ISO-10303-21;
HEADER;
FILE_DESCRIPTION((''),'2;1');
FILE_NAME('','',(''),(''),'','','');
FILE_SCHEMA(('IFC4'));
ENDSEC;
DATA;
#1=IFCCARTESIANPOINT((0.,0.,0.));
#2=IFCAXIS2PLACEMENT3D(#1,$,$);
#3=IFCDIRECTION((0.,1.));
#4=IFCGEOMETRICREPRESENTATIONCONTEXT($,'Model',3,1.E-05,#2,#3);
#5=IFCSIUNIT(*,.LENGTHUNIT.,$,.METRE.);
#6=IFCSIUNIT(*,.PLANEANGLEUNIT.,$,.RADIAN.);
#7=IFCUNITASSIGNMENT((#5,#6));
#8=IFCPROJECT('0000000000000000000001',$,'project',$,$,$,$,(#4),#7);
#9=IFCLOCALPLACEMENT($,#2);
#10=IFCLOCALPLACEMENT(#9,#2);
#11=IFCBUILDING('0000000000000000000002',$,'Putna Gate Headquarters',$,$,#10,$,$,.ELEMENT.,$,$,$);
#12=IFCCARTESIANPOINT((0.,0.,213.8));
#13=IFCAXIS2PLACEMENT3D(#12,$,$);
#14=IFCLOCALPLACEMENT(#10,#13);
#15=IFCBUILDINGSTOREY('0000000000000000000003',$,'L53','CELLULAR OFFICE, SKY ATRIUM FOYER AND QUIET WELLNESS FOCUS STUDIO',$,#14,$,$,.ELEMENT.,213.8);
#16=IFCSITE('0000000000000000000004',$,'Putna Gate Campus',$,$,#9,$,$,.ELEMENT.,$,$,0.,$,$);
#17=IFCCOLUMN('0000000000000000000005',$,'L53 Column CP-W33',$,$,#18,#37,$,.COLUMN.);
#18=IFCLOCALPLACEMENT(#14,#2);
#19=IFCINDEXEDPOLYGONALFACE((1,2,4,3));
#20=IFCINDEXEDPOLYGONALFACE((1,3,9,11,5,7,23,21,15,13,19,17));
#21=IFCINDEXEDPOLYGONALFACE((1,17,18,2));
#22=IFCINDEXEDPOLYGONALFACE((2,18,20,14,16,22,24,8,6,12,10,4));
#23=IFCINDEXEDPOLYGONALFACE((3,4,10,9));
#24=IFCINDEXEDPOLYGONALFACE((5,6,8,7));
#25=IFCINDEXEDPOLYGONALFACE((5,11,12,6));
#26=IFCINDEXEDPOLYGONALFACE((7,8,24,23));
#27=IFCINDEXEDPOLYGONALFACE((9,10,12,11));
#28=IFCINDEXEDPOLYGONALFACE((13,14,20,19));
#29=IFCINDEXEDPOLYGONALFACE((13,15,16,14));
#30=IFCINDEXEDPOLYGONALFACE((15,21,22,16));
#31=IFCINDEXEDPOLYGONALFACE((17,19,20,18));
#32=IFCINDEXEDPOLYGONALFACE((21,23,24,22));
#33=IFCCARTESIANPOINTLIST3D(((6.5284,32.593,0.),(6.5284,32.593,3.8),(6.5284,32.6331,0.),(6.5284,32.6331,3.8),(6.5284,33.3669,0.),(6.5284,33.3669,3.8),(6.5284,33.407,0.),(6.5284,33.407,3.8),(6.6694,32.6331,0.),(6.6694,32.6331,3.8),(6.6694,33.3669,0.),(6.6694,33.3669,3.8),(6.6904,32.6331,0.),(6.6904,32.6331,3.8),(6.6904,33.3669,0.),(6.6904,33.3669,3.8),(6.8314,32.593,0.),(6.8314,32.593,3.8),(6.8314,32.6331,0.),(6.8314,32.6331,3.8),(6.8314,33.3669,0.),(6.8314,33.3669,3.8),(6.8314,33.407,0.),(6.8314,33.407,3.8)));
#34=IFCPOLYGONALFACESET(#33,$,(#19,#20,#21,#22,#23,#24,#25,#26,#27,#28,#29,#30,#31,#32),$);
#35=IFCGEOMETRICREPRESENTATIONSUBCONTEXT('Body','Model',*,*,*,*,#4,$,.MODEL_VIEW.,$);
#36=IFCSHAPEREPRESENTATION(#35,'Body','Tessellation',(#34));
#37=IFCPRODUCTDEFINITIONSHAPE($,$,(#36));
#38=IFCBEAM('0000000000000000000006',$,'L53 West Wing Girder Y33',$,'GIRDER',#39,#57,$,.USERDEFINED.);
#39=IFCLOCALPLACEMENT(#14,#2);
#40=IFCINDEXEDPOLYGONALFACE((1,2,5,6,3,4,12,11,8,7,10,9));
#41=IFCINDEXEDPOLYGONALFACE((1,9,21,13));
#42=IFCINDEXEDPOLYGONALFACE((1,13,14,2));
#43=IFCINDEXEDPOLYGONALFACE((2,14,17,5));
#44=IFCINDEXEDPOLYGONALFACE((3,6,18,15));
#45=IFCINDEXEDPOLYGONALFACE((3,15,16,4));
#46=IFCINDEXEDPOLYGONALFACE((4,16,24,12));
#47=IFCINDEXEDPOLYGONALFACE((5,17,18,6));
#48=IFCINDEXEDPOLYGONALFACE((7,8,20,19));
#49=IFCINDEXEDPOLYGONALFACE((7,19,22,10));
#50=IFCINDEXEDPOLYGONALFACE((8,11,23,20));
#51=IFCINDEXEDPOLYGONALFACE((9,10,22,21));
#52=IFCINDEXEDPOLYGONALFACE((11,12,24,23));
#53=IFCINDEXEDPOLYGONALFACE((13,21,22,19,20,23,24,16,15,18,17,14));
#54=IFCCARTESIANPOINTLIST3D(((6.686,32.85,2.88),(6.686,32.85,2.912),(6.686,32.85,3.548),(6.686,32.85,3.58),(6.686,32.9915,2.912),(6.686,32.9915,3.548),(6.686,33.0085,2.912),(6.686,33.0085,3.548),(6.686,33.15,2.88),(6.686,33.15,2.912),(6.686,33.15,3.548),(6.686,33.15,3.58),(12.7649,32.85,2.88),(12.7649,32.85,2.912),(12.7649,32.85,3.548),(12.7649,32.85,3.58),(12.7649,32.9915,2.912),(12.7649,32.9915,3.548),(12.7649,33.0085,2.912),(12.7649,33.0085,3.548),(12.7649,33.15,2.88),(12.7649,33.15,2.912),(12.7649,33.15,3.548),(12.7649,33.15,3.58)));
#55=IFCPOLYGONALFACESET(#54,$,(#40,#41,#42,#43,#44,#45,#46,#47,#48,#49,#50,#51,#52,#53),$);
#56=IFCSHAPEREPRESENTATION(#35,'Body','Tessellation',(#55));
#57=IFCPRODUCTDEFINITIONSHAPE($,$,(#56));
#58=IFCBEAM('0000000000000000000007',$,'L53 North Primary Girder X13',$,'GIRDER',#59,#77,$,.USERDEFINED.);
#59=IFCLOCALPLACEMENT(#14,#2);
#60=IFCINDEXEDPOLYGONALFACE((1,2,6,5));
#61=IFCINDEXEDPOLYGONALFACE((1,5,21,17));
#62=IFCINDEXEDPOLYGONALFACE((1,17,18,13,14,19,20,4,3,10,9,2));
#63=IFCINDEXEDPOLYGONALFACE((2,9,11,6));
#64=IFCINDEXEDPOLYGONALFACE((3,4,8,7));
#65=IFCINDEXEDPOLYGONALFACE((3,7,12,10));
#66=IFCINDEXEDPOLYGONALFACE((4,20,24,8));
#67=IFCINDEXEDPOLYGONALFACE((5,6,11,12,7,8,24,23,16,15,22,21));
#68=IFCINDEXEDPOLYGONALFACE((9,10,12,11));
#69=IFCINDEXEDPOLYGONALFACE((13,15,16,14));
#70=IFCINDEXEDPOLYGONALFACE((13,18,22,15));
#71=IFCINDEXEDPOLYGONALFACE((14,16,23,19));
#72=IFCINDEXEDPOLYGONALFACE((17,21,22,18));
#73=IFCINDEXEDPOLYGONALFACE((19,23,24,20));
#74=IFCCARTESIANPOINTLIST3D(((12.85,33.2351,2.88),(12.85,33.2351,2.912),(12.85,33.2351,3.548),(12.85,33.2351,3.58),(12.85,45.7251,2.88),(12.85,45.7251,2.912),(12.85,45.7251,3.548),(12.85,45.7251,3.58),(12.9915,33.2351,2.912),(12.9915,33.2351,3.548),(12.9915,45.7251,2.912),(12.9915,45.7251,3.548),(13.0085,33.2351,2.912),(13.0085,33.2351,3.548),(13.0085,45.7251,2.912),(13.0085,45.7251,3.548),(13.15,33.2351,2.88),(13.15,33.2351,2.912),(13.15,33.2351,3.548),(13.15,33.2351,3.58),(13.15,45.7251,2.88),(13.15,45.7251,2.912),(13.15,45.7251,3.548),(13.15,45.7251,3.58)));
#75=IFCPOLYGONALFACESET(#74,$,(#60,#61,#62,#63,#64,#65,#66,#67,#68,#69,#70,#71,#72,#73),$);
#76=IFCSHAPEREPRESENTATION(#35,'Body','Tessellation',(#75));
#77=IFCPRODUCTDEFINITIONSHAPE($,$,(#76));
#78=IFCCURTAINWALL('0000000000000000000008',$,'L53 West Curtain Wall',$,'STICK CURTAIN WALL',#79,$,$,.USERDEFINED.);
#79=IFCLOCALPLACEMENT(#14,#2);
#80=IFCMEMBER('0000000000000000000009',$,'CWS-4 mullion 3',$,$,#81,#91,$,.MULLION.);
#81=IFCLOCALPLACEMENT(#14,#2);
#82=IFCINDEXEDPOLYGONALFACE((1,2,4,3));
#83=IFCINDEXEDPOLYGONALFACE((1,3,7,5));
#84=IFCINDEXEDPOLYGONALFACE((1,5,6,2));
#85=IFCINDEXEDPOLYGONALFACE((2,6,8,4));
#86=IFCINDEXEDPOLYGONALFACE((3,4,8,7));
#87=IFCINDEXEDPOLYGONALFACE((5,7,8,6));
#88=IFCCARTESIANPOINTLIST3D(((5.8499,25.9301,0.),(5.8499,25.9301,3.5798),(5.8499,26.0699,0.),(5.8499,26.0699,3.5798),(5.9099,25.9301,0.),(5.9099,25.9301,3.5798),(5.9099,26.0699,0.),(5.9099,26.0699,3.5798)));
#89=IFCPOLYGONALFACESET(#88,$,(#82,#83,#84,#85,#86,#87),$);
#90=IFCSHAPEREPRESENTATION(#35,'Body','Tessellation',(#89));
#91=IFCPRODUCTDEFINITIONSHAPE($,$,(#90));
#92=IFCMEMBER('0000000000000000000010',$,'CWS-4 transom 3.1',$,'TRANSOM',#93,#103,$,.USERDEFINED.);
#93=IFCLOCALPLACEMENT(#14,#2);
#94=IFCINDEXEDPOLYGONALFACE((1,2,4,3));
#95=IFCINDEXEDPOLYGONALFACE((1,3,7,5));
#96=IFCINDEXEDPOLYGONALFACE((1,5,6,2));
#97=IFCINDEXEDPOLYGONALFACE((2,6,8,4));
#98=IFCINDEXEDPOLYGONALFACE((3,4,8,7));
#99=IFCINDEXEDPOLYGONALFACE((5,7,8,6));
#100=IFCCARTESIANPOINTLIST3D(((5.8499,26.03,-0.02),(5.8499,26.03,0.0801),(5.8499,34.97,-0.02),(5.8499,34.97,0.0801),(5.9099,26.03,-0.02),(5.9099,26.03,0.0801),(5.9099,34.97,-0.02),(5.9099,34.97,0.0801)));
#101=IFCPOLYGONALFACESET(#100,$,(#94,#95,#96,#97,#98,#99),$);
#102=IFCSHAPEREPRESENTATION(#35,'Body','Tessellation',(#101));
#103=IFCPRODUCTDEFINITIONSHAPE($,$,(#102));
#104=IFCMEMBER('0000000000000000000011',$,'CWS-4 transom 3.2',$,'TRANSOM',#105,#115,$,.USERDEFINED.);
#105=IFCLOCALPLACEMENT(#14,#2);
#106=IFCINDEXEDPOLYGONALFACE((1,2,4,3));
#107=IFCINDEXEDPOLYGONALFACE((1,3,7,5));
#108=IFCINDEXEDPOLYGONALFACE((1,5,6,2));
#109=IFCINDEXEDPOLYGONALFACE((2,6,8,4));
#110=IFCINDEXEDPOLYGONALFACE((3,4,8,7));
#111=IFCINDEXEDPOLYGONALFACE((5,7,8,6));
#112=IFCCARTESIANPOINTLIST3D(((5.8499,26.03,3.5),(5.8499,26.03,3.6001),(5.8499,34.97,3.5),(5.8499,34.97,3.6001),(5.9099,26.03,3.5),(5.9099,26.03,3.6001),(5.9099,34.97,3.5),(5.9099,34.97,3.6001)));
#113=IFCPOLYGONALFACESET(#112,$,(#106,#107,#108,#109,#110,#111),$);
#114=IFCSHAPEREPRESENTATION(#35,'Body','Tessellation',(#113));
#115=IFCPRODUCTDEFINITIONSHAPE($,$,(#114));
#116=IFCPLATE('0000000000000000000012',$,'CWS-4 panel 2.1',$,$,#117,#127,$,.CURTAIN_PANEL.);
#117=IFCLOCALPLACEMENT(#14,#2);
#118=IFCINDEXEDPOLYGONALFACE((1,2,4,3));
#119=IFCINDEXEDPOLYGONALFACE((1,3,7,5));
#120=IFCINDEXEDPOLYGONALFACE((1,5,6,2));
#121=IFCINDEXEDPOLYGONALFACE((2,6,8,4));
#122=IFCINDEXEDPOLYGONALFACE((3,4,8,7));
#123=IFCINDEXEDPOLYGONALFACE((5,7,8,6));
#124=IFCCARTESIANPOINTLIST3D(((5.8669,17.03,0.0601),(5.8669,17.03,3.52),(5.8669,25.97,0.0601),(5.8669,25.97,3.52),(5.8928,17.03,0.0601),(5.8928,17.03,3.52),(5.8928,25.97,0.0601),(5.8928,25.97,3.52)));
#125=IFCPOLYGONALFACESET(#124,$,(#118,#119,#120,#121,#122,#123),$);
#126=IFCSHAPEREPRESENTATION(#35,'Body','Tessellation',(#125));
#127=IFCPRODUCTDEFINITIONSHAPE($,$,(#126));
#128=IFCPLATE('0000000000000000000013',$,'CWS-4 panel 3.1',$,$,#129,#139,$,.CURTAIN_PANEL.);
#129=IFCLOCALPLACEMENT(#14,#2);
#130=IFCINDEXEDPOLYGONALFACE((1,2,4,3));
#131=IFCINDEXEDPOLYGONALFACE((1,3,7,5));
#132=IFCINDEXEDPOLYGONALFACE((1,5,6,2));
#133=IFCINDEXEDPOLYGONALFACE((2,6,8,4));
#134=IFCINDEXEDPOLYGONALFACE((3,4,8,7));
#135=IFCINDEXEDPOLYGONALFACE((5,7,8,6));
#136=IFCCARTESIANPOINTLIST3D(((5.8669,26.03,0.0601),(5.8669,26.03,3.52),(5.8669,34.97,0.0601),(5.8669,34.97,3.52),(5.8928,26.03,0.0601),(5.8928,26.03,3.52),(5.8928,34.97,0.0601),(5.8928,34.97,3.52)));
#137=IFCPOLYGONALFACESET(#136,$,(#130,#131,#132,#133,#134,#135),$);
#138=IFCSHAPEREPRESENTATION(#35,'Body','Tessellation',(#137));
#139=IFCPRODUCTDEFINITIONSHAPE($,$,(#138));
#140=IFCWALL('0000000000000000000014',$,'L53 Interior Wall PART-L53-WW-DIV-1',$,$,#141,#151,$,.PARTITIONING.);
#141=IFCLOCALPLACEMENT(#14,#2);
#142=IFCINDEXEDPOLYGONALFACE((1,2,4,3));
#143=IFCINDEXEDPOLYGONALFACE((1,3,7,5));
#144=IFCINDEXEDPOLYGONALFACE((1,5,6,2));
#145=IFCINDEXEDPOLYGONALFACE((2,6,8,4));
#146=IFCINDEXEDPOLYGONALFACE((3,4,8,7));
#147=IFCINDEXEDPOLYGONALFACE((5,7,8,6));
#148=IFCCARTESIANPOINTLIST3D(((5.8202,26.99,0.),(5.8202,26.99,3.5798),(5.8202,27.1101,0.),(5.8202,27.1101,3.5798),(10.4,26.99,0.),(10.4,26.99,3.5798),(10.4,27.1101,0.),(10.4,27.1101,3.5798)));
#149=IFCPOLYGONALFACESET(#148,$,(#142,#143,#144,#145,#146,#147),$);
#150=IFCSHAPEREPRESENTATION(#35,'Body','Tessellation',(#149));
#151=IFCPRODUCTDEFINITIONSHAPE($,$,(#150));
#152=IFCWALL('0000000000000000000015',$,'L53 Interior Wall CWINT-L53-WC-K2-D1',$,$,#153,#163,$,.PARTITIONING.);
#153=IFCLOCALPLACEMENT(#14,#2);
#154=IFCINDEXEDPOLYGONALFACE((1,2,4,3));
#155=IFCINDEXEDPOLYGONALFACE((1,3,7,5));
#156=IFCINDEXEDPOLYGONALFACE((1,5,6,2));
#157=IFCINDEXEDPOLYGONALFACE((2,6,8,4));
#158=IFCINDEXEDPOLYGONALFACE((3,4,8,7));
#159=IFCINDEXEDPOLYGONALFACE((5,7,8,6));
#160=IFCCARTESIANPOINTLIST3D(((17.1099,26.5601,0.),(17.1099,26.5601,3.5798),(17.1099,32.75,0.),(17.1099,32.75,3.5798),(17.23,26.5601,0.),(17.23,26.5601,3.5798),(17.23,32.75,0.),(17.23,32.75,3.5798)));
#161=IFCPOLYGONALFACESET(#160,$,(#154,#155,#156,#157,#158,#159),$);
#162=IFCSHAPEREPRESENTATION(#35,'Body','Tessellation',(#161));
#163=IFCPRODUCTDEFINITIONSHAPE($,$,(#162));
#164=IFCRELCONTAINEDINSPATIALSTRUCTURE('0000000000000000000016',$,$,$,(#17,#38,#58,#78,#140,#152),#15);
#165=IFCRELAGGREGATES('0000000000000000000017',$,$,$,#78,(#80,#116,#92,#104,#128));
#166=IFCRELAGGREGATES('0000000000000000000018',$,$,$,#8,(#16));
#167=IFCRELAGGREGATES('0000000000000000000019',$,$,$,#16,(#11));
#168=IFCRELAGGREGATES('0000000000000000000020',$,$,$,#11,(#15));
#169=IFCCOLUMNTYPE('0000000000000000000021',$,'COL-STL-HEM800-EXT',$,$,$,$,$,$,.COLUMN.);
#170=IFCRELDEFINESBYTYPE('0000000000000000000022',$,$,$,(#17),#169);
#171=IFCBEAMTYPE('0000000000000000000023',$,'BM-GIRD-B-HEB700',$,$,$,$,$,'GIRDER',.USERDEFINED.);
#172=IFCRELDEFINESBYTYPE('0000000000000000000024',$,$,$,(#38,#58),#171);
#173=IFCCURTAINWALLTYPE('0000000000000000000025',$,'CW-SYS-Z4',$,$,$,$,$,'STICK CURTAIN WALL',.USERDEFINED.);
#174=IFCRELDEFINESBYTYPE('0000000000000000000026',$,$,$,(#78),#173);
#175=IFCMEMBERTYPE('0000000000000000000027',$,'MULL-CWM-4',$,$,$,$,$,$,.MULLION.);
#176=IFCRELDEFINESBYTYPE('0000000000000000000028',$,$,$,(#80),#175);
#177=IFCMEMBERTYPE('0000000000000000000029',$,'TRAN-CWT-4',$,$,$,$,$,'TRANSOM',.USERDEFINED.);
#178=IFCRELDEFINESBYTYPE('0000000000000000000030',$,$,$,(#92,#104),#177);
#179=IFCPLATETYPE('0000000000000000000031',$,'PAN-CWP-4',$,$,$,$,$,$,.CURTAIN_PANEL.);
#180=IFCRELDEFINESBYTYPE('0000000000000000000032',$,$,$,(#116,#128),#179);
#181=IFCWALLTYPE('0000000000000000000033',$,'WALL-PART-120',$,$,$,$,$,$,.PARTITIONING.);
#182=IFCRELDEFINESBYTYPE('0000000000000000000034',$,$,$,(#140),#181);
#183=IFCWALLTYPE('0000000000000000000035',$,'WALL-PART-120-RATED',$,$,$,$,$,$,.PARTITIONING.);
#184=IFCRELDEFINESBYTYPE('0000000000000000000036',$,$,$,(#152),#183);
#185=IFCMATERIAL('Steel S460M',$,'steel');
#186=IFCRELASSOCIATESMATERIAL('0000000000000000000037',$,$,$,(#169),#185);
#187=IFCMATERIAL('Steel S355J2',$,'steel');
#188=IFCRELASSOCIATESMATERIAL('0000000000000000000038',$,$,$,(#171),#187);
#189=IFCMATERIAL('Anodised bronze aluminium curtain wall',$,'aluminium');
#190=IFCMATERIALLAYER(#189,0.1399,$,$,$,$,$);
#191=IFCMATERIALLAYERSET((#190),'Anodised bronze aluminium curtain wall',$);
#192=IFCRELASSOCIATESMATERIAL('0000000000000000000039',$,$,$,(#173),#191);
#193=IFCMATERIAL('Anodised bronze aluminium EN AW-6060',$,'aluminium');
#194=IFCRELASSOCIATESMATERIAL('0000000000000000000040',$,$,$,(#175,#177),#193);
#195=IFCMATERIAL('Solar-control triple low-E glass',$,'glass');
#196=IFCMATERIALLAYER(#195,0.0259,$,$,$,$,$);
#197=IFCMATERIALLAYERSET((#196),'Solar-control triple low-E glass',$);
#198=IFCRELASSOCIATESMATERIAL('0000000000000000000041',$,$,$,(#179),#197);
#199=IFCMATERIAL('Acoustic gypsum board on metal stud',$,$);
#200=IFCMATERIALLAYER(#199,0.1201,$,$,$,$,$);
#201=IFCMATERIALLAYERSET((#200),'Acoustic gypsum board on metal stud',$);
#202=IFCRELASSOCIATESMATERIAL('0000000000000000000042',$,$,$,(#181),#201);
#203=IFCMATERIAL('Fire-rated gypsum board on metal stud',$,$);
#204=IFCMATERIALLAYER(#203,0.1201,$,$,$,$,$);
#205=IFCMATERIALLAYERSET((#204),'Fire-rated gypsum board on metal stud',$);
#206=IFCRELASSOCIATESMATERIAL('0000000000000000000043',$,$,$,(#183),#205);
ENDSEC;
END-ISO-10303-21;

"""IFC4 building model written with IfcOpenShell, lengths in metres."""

from ifc_helpers import new_model, si_unit, direction, frame, frame_2d, origin, origin_2d, place, context, subcontext, project, spatial, rectangle, i_section, extrude, material, layer, layer_set, material_profile, profile_set, type_object, element, aggregate, save


model = new_model("IFC4")

# Units and contexts
model_context = context("Model", 3, precision=1e-05, world=origin(), true_north=direction((0.0, 1.0)))
body_context = subcontext(model_context, "Body", "Model", "MODEL_VIEW")
ifc_project = project(units=[si_unit("LENGTHUNIT", "METRE"), si_unit("PLANEANGLEUNIT", "RADIAN")], contexts=[model_context])

# Site, building, storey
site_placement = place(None, origin())
site = spatial("IfcSite", under=ifc_project, at=site_placement, Name="Putna Gate Campus", CompositionType="ELEMENT", RefElevation=0.0)
building_placement = place(site_placement, origin())
building = spatial("IfcBuilding", under=site, at=building_placement, Name="Putna Gate Headquarters", CompositionType="ELEMENT")
storey_placement = place(building_placement, frame((0.0, 0.0, 213.8)))
storey = spatial("IfcBuildingStorey", under=building, at=storey_placement, Name="L53", Description="CELLULAR OFFICE, SKY ATRIUM FOYER AND QUIET WELLNESS FOCUS STUDIO", CompositionType="ELEMENT", Elevation=213.8)

# Column
ifc_material_1 = material(Name="Steel S460M", Category="steel")
ifc_material_profile_1 = material_profile(ifc_material_1, i_section(OverallWidth=0.303, OverallDepth=0.814, WebThickness=0.021, FlangeThickness=0.04, at=origin_2d()), Name="Steel S460M")
ifc_profile_set_1 = profile_set([ifc_material_profile_1], Name="Steel S460M")
column_type = type_object("IfcColumnType", Name="COL-STL-HEM800-EXT", PredefinedType="COLUMN", material=ifc_profile_set_1)
column_placement = place(storey_placement, frame((6.6799, 33.0, 0.0), z_axis=(0.0, 0.0, 1.0), x_axis=(1.0, 0.0, 0.0)))
element("IfcColumn", 1, at=column_placement, inside=storey, type_object=column_type, Name="L53 Column CP-W33", PredefinedType="COLUMN", context=body_context, shape_type="SweptSolid", body=[
    extrude(i_section(OverallWidth=0.303, OverallDepth=0.814, WebThickness=0.021, FlangeThickness=0.04, at=origin_2d()), origin(), (0.0, 0.0, 1.0), 3.8),
])

# Beams
ifc_material_2 = material(Name="Steel S355J2", Category="steel")
ifc_material_profile_2 = material_profile(ifc_material_2, i_section(OverallWidth=0.3, OverallDepth=0.7, WebThickness=0.0171, FlangeThickness=0.032, at=origin_2d()), Name="Steel S355J2")
ifc_profile_set_2 = profile_set([ifc_material_profile_2], Name="Steel S355J2")
beam_type = type_object("IfcBeamType", Name="BM-GIRD-B-HEB700", ElementType="GIRDER", PredefinedType="USERDEFINED", material=ifc_profile_set_2)
beam_1_placement = place(storey_placement, frame((6.686, 33.0, 3.23), z_axis=(1.0, 0.0, 0.0), x_axis=(0.0, 1.0, 0.0)))
element("IfcBeam", 2, at=beam_1_placement, inside=storey, type_object=beam_type, Name="L53 West Wing Girder Y33", ObjectType="GIRDER", PredefinedType="USERDEFINED", context=body_context, shape_type="SweptSolid", body=[
    extrude(i_section(OverallWidth=0.3, OverallDepth=0.7, WebThickness=0.0171, FlangeThickness=0.032, at=origin_2d()), origin(), (0.0, 0.0, 1.0), 6.0789),
])
beam_2_placement = place(storey_placement, frame((13.0, 33.2351, 3.23), z_axis=(0.0, 1.0, 0.0), x_axis=(-1.0, 0.0, 0.0)))
element("IfcBeam", 3, at=beam_2_placement, inside=storey, type_object=beam_type, Name="L53 North Primary Girder X13", ObjectType="GIRDER", PredefinedType="USERDEFINED", context=body_context, shape_type="SweptSolid", body=[
    extrude(i_section(OverallWidth=0.3, OverallDepth=0.7, WebThickness=0.0171, FlangeThickness=0.032, at=origin_2d()), origin(), (0.0, 0.0, 1.0), 12.49),
])

# Curtain wall, members, plates
ifc_material_3 = material(Name="Anodised bronze aluminium curtain wall", Category="aluminium")
ifc_layer_1 = layer(ifc_material_3, 0.1399)
ifc_layer_set_1 = layer_set([ifc_layer_1], Name="Anodised bronze aluminium curtain wall")
curtain_wall_type = type_object("IfcCurtainWallType", Name="CW-SYS-Z4", ElementType="STICK CURTAIN WALL", PredefinedType="USERDEFINED", material=ifc_layer_set_1)
curtain_wall_placement = place(storey_placement, origin())
curtain_wall = element("IfcCurtainWall", 4, at=curtain_wall_placement, inside=storey, type_object=curtain_wall_type, Name="L53 West Curtain Wall", ObjectType="STICK CURTAIN WALL", PredefinedType="USERDEFINED")
ifc_material_4 = material(Name="Anodised bronze aluminium EN AW-6060", Category="aluminium")
ifc_material_profile_3 = material_profile(ifc_material_4, rectangle(XDim=0.0601, YDim=0.1399, at=origin_2d()), Name="Anodised bronze aluminium EN AW-6060")
ifc_profile_set_3 = profile_set([ifc_material_profile_3], Name="Anodised bronze aluminium EN AW-6060")
member_type_1 = type_object("IfcMemberType", Name="MULL-CWM-4", PredefinedType="MULLION", material=ifc_profile_set_3)
member_1_placement = place(storey_placement, frame((5.8799, 26.0, 0.0), z_axis=(0.0, 0.0, 1.0), x_axis=(-1.0, 0.0, 0.0)))
member_1 = element("IfcMember", 5, at=member_1_placement, type_object=member_type_1, Name="CWS-4 mullion 3", PredefinedType="MULLION", context=body_context, shape_type="SweptSolid", body=[
    extrude(rectangle(XDim=0.0601, YDim=0.1399, at=origin_2d()), origin(), (0.0, 0.0, 1.0), 3.5798),
])
ifc_material_profile_4 = material_profile(ifc_material_4, rectangle(XDim=0.0601, YDim=0.1001, at=origin_2d()), Name="Anodised bronze aluminium EN AW-6060")
ifc_profile_set_4 = profile_set([ifc_material_profile_4], Name="Anodised bronze aluminium EN AW-6060")
member_type_2 = type_object("IfcMemberType", Name="TRAN-CWT-4", ElementType="TRANSOM", PredefinedType="USERDEFINED", material=ifc_profile_set_4)
member_2_placement = place(storey_placement, frame((5.8799, 26.03, 0.03), z_axis=(0.0, 1.0, 0.0), x_axis=(-1.0, 0.0, 0.0)))
member_2 = element("IfcMember", 6, at=member_2_placement, type_object=member_type_2, Name="CWS-4 transom 3.1", ObjectType="TRANSOM", PredefinedType="USERDEFINED", context=body_context, shape_type="SweptSolid", body=[
    extrude(rectangle(XDim=0.0601, YDim=0.1001, at=origin_2d()), origin(), (0.0, 0.0, 1.0), 8.9399),
])
member_3_placement = place(storey_placement, frame((5.8799, 26.03, 3.55), z_axis=(0.0, 1.0, 0.0), x_axis=(-1.0, 0.0, 0.0)))
member_3 = element("IfcMember", 7, at=member_3_placement, type_object=member_type_2, Name="CWS-4 transom 3.2", ObjectType="TRANSOM", PredefinedType="USERDEFINED", context=body_context, shape_type="SweptSolid", body=[
    extrude(rectangle(XDim=0.0601, YDim=0.1001, at=origin_2d()), origin(), (0.0, 0.0, 1.0), 8.9399),
])
ifc_material_5 = material(Name="Solar-control triple low-E glass", Category="glass")
ifc_layer_2 = layer(ifc_material_5, 0.0259)
ifc_layer_set_2 = layer_set([ifc_layer_2], Name="Solar-control triple low-E glass")
plate_type = type_object("IfcPlateType", Name="PAN-CWP-4", PredefinedType="CURTAIN_PANEL", material=ifc_layer_set_2)
plate_1_placement = place(storey_placement, frame((5.8799, 21.5, 0.0601), z_axis=(0.0, 0.0, 1.0), x_axis=(0.0, 1.0, 0.0)))
plate_1 = element("IfcPlate", 8, at=plate_1_placement, type_object=plate_type, Name="CWS-4 panel 2.1", PredefinedType="CURTAIN_PANEL", context=body_context, shape_type="SweptSolid", body=[
    extrude(rectangle(XDim=8.9399, YDim=0.0259, at=origin_2d()), origin(), (0.0, 0.0, 1.0), 3.46),
])
plate_2_placement = place(storey_placement, frame((5.8799, 30.5, 0.0601), z_axis=(0.0, 0.0, 1.0), x_axis=(0.0, 1.0, 0.0)))
plate_2 = element("IfcPlate", 9, at=plate_2_placement, type_object=plate_type, Name="CWS-4 panel 3.1", PredefinedType="CURTAIN_PANEL", context=body_context, shape_type="SweptSolid", body=[
    extrude(rectangle(XDim=8.9399, YDim=0.0259, at=origin_2d()), origin(), (0.0, 0.0, 1.0), 3.46),
])
aggregate(curtain_wall, [member_1, plate_1, member_2, member_3, plate_2])

# Walls
ifc_material_6 = material(Name="Acoustic gypsum board on metal stud")
ifc_layer_3 = layer(ifc_material_6, 0.1201)
ifc_layer_set_3 = layer_set([ifc_layer_3], Name="Acoustic gypsum board on metal stud")
wall_type_1 = type_object("IfcWallType", Name="WALL-PART-120", PredefinedType="PARTITIONING", material=ifc_layer_set_3)
wall_1_placement = place(storey_placement, frame((5.8201, 27.05, 0.0), z_axis=(0.0, 0.0, 1.0), x_axis=(1.0, 0.0, 0.0)))
element("IfcWall", 10, at=wall_1_placement, inside=storey, type_object=wall_type_1, Name="L53 Interior Wall PART-L53-WW-DIV-1", PredefinedType="PARTITIONING", context=body_context, shape_type="SweptSolid", body=[
    extrude(rectangle(XDim=4.5798, YDim=0.1201, at=frame_2d((2.29, 0.0))), origin(), (0.0, 0.0, 1.0), 3.5798),
])
ifc_material_7 = material(Name="Fire-rated gypsum board on metal stud")
ifc_layer_4 = layer(ifc_material_7, 0.1201)
ifc_layer_set_4 = layer_set([ifc_layer_4], Name="Fire-rated gypsum board on metal stud")
wall_type_2 = type_object("IfcWallType", Name="WALL-PART-120-RATED", PredefinedType="PARTITIONING", material=ifc_layer_set_4)
wall_2_placement = place(storey_placement, frame((17.1699, 26.5601, 0.0), z_axis=(0.0, 0.0, 1.0), x_axis=(0.0, 1.0, 0.0)))
element("IfcWall", 11, at=wall_2_placement, inside=storey, type_object=wall_type_2, Name="L53 Interior Wall CWINT-L53-WC-K2-D1", PredefinedType="PARTITIONING", context=body_context, shape_type="SweptSolid", body=[
    extrude(rectangle(XDim=6.1899, YDim=0.1201, at=frame_2d((3.095, 0.0))), origin(), (0.0, 0.0, 1.0), 3.5798),
])

save(model, "model.ifc")
